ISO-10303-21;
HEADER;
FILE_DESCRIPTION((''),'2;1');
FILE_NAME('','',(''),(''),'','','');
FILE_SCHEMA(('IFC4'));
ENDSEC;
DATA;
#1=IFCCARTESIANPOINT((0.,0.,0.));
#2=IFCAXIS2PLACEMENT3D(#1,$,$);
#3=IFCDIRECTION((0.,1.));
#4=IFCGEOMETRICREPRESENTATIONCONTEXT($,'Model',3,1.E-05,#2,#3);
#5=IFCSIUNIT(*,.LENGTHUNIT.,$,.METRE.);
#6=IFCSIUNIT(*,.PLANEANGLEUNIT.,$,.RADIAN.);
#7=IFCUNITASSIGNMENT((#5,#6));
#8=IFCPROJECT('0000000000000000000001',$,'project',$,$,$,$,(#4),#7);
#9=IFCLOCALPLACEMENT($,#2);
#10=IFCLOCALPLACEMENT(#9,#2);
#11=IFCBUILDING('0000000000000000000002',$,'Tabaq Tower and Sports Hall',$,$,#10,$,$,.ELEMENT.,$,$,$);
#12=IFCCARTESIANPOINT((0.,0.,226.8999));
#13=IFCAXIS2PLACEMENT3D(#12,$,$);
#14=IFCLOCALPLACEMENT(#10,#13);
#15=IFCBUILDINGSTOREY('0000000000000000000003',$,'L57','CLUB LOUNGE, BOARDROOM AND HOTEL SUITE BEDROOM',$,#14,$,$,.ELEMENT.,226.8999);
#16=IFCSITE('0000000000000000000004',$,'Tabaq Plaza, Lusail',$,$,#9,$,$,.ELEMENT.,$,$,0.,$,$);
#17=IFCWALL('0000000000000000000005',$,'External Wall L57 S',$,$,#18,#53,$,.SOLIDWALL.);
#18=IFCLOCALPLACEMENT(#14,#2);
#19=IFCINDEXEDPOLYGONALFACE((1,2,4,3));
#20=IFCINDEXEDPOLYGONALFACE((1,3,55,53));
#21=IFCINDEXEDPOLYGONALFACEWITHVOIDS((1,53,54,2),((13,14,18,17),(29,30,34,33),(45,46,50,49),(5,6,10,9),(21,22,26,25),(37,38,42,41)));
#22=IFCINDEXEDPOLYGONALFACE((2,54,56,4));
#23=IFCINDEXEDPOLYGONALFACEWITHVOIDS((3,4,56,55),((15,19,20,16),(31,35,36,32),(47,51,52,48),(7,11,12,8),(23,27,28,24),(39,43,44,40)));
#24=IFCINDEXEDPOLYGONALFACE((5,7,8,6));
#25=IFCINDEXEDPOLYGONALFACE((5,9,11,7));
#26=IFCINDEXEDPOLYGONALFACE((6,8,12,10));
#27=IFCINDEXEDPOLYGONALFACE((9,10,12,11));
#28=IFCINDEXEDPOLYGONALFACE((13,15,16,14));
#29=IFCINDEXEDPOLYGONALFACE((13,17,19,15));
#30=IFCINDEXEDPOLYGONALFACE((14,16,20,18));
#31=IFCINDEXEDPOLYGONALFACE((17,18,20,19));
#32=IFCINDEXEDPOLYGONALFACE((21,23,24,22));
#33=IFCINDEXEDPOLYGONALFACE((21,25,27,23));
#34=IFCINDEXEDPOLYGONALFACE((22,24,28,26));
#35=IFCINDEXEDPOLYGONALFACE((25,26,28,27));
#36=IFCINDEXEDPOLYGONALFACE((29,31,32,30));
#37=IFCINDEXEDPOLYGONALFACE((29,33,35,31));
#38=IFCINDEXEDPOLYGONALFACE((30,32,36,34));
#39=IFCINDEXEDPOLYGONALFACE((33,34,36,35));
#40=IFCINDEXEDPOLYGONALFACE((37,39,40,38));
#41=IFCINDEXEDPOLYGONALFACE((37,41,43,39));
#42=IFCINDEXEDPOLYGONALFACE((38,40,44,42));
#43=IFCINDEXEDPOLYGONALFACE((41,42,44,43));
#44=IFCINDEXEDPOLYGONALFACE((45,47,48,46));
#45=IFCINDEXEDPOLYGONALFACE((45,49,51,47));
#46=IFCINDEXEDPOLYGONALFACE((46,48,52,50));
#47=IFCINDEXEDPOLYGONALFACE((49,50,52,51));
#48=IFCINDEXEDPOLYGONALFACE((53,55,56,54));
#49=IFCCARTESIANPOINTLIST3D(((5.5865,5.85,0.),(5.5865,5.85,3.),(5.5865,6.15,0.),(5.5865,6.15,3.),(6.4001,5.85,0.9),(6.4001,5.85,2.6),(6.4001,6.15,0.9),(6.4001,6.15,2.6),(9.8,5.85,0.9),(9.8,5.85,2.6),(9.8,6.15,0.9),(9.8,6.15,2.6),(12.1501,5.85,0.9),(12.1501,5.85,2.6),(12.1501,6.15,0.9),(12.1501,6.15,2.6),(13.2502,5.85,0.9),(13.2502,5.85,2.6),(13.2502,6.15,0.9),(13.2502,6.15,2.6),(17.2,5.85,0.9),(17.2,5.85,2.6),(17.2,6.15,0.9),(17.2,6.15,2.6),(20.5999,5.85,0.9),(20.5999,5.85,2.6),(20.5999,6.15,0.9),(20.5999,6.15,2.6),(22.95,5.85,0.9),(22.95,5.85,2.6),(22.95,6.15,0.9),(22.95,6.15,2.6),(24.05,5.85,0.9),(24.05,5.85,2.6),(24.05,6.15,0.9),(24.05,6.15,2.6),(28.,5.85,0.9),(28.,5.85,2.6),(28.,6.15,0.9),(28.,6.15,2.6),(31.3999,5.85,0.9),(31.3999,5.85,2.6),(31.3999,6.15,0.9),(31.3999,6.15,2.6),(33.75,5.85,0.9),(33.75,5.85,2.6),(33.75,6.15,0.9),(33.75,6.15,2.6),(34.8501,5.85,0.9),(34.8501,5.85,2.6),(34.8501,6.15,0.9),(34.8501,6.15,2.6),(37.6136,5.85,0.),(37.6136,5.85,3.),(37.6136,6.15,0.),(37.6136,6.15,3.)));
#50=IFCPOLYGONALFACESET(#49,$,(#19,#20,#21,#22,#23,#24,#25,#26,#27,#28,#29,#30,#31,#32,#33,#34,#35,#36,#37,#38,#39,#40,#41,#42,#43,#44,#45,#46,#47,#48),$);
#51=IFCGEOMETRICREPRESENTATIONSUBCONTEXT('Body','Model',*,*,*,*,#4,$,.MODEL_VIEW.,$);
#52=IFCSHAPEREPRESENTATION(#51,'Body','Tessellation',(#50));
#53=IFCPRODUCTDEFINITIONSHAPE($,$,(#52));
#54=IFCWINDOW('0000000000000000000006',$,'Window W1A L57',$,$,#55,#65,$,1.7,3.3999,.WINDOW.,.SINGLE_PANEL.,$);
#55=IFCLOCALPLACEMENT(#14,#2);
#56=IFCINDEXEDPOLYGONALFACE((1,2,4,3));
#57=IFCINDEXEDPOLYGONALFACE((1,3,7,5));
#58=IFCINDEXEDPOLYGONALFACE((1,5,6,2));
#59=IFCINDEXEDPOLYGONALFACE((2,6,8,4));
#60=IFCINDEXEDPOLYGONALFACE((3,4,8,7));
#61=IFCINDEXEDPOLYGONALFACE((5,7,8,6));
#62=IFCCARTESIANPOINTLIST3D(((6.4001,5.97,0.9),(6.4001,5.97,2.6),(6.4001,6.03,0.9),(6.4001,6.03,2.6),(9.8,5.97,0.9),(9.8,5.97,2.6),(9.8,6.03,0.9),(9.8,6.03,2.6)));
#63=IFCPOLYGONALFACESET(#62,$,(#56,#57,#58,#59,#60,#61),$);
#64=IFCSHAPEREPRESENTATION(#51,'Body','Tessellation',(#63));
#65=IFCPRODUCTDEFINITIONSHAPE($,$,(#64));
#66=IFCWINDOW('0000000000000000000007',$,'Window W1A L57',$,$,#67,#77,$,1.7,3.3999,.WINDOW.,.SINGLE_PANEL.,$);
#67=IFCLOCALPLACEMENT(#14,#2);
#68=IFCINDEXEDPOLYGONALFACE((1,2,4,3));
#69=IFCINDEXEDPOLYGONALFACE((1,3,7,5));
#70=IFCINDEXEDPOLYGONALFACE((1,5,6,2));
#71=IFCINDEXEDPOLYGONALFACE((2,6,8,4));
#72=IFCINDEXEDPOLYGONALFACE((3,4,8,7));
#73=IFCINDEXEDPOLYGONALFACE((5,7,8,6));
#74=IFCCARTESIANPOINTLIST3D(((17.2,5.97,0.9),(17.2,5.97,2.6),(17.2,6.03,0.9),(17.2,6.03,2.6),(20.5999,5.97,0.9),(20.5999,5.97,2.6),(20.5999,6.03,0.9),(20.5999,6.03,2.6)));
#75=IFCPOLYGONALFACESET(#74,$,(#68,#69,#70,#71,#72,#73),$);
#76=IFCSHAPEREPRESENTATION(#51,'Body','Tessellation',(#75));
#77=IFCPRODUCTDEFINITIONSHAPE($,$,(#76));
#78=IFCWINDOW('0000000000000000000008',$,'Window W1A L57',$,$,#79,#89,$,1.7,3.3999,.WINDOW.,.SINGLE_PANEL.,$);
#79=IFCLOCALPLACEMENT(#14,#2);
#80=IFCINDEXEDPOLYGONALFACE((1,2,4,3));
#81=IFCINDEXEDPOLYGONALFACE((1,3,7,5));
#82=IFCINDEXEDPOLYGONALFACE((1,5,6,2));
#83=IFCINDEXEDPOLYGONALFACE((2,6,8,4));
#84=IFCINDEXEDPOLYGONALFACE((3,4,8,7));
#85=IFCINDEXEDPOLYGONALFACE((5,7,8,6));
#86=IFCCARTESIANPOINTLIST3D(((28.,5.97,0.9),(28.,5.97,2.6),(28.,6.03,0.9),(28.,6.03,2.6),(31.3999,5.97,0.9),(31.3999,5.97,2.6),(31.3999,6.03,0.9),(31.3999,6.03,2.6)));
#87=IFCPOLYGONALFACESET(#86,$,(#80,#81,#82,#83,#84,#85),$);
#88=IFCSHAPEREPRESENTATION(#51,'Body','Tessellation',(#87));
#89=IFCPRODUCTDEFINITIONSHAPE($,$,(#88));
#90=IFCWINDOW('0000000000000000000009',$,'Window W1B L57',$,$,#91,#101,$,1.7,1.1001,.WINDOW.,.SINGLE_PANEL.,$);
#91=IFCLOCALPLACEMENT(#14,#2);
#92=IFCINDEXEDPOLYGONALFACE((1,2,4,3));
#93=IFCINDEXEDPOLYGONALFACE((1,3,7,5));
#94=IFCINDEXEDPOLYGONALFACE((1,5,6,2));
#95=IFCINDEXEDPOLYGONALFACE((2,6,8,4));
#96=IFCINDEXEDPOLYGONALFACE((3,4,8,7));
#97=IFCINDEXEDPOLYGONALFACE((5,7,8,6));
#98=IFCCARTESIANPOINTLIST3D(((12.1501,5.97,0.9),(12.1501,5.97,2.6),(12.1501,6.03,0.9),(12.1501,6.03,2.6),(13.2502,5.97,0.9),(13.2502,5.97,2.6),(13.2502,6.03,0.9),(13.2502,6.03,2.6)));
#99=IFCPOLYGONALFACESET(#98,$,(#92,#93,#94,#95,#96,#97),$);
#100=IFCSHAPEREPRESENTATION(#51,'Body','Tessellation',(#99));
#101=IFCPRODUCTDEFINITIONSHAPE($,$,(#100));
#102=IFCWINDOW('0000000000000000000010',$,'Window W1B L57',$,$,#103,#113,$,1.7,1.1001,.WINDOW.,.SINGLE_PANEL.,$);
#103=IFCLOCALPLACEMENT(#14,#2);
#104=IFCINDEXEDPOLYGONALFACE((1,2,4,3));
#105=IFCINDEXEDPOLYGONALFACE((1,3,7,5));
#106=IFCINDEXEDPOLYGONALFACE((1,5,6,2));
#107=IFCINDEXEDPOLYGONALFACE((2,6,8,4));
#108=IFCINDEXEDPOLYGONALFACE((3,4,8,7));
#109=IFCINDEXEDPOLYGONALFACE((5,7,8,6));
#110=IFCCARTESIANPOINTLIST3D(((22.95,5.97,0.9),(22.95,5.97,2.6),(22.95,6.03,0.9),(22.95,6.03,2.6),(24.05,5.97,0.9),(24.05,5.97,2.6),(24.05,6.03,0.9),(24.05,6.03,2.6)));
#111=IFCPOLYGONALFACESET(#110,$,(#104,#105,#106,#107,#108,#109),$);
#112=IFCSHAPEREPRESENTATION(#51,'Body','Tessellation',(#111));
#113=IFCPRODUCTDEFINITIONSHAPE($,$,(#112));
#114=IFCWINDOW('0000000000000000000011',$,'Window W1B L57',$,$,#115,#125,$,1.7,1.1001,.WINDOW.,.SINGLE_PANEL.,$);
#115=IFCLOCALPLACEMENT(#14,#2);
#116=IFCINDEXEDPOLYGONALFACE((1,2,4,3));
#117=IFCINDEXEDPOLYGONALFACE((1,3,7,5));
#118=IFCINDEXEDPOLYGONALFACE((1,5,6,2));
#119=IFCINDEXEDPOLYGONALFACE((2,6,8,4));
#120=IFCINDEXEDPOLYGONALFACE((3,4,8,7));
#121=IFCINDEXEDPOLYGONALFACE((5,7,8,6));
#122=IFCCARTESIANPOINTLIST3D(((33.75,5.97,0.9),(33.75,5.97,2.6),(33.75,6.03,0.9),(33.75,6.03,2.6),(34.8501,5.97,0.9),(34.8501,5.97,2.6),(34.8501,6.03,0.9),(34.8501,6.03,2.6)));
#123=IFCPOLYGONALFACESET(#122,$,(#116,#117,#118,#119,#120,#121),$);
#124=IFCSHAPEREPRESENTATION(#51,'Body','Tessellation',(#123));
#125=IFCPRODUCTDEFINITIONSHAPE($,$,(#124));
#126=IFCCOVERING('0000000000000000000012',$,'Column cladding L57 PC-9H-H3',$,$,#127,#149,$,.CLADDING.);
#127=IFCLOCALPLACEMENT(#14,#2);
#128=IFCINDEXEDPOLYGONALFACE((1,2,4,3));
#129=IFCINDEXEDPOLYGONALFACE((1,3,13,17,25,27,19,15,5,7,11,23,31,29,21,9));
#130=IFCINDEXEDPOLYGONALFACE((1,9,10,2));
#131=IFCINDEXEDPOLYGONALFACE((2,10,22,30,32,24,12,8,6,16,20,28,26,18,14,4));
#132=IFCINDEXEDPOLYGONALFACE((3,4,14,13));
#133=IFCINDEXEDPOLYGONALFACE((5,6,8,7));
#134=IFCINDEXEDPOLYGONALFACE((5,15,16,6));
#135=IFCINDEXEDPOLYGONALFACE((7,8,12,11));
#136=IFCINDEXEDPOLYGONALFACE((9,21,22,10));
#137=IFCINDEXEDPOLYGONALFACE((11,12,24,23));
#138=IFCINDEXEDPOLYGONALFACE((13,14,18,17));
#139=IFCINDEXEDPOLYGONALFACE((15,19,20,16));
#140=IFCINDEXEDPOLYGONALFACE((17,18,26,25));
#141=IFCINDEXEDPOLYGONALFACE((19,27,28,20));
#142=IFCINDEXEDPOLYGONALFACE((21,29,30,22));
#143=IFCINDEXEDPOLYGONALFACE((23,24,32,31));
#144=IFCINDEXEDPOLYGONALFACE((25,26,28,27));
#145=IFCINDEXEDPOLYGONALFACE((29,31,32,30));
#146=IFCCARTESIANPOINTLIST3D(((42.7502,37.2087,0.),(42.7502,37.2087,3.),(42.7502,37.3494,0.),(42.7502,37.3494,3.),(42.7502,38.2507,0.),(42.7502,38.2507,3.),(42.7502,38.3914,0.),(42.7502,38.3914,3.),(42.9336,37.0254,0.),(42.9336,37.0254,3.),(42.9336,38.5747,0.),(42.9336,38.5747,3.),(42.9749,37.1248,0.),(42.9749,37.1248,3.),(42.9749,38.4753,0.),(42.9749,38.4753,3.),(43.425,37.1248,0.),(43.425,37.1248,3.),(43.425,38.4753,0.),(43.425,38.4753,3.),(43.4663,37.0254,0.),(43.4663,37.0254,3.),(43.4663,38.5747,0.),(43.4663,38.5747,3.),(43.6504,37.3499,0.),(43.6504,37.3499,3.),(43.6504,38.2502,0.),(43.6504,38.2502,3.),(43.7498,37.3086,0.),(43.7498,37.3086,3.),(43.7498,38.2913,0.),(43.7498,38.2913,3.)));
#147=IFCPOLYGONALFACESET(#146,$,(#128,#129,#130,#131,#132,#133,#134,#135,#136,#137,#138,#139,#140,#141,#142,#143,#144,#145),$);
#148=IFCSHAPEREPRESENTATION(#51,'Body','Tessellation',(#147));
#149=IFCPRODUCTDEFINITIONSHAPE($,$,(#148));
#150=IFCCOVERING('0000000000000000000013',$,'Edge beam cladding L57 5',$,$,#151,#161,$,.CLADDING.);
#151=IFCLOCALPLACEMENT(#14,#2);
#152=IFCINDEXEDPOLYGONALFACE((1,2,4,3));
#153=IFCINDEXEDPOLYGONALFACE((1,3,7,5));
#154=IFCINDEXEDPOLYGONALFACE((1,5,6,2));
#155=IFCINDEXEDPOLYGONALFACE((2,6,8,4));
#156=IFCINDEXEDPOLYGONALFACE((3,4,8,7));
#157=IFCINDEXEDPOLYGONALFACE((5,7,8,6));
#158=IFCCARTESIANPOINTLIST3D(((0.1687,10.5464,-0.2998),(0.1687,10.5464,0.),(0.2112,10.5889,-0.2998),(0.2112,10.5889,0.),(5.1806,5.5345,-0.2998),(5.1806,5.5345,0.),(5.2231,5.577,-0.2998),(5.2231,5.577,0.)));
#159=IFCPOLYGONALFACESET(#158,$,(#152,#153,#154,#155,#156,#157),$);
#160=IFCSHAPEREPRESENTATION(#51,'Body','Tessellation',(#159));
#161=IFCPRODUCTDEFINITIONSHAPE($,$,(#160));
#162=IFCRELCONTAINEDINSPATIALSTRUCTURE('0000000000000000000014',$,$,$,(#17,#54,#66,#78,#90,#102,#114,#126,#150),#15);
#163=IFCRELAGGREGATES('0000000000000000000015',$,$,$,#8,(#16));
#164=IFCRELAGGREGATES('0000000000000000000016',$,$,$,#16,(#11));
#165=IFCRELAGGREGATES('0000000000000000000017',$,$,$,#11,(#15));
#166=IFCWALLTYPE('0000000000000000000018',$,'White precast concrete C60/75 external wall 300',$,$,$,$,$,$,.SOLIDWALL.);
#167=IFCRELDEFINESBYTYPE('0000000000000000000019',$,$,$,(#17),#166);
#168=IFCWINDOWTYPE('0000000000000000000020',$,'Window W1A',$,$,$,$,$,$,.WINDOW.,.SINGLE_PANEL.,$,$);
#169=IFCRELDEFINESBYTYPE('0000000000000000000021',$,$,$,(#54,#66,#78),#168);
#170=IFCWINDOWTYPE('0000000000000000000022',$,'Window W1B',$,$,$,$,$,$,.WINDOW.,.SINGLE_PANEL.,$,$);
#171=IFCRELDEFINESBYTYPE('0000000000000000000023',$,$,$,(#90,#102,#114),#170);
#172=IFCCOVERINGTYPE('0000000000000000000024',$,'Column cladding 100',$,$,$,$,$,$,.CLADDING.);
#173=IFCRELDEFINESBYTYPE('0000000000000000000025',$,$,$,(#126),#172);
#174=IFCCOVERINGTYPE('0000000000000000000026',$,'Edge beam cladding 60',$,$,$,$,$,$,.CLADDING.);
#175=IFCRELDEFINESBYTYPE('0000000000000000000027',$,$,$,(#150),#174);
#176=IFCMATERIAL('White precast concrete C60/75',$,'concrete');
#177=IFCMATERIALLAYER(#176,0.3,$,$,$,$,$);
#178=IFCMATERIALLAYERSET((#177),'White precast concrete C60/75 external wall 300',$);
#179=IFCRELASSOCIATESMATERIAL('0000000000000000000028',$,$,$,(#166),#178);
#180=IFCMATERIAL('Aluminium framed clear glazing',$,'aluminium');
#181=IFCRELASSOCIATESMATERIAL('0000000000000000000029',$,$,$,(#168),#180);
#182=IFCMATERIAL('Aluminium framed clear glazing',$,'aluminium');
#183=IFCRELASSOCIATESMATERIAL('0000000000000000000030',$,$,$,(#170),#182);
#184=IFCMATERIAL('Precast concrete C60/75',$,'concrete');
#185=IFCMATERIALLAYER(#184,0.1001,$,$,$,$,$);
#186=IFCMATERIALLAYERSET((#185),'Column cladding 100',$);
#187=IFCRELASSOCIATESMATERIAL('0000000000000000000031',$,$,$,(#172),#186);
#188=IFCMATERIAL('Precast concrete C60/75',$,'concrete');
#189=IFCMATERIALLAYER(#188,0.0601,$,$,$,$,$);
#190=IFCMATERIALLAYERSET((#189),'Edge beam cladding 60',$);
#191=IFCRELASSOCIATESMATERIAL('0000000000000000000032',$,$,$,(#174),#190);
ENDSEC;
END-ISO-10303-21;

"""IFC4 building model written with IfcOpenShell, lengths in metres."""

from ifc_helpers import new_model, si_unit, direction, frame, frame_2d, origin, place, context, subcontext, project, spatial, polyline, rectangle, outline, extrude, material, layer, layer_set, type_object, element, fill, save


model = new_model("IFC4")

# Units and contexts
model_context = context("Model", 3, precision=1e-05, world=origin(), true_north=direction((0.0, 1.0)))
body_context = subcontext(model_context, "Body", "Model", "MODEL_VIEW")
ifc_project = project(units=[si_unit("LENGTHUNIT", "METRE"), si_unit("PLANEANGLEUNIT", "RADIAN")], contexts=[model_context])

# Site, building, storey
site_placement = place(None, origin())
site = spatial("IfcSite", under=ifc_project, at=site_placement, Name="Tabaq Plaza, Lusail", CompositionType="ELEMENT", RefElevation=0.0)
building_placement = place(site_placement, origin())
building = spatial("IfcBuilding", under=site, at=building_placement, Name="Tabaq Tower and Sports Hall", CompositionType="ELEMENT")
storey_placement = place(building_placement, frame((0.0, 0.0, 226.8999)))
storey = spatial("IfcBuildingStorey", under=building, at=storey_placement, Name="L57", Description="CLUB LOUNGE, BOARDROOM AND HOTEL SUITE BEDROOM", CompositionType="ELEMENT", Elevation=226.8999)

# Wall, openings, windows
ifc_material_1 = material(Name="White precast concrete C60/75", Category="concrete")
ifc_layer_1 = layer(ifc_material_1, 0.3)
ifc_layer_set_1 = layer_set([ifc_layer_1], Name="White precast concrete C60/75 external wall 300")
wall_type_1 = type_object("IfcWallType", Name="White precast concrete C60/75 external wall 300", PredefinedType="SOLIDWALL", material=ifc_layer_set_1)
wall_1_placement = place(storey_placement, frame((5.5864, 6.0, 0.0), z_axis=(0.0, 0.0, 1.0), x_axis=(1.0, 0.0, 0.0)))
wall_1 = element("IfcWall", 1, at=wall_1_placement, inside=storey, type_object=wall_type_1, Name="External Wall L57 S", PredefinedType="SOLIDWALL", context=body_context, shape_type="SweptSolid", body=[
    extrude(rectangle(XDim=32.0271, YDim=0.3, at=frame_2d((16.0137, 0.0))), origin(), (0.0, 0.0, 1.0), 3.0),
])
opening_1_placement = place(wall_1_placement, frame((0.8137, 0.0, 0.8999)))
opening_1 = element("IfcOpeningElement", 2, at=opening_1_placement, cuts=wall_1, PredefinedType="OPENING", context=body_context, shape_type="SweptSolid", body=[
    extrude(rectangle(XDim=3.3999, YDim=1.7, at=frame_2d((1.7, 0.8501))), frame((0.0, 0.1602, 0.0), z_axis=(0.0, -1.0, 0.0), x_axis=(1.0, 0.0, 0.0)), (0.0, 0.0, 1.0), 0.3201),
])
opening_2_placement = place(wall_1_placement, frame((6.5637, 0.0, 0.8999)))
opening_2 = element("IfcOpeningElement", 3, at=opening_2_placement, cuts=wall_1, PredefinedType="OPENING", context=body_context, shape_type="SweptSolid", body=[
    extrude(rectangle(XDim=1.1001, YDim=1.7, at=frame_2d((0.55, 0.8501))), frame((0.0, 0.1602, 0.0), z_axis=(0.0, -1.0, 0.0), x_axis=(1.0, 0.0, 0.0)), (0.0, 0.0, 1.0), 0.3201),
])
opening_3_placement = place(wall_1_placement, frame((11.6135, 0.0, 0.8999)))
opening_3 = element("IfcOpeningElement", 4, at=opening_3_placement, cuts=wall_1, PredefinedType="OPENING", context=body_context, shape_type="SweptSolid", body=[
    extrude(rectangle(XDim=3.3999, YDim=1.7, at=frame_2d((1.7, 0.8501))), frame((0.0, 0.1602, 0.0), z_axis=(0.0, -1.0, 0.0), x_axis=(1.0, 0.0, 0.0)), (0.0, 0.0, 1.0), 0.3201),
])
opening_4_placement = place(wall_1_placement, frame((17.3635, 0.0, 0.8999)))
opening_4 = element("IfcOpeningElement", 5, at=opening_4_placement, cuts=wall_1, PredefinedType="OPENING", context=body_context, shape_type="SweptSolid", body=[
    extrude(rectangle(XDim=1.1001, YDim=1.7, at=frame_2d((0.55, 0.8501))), frame((0.0, 0.1602, 0.0), z_axis=(0.0, -1.0, 0.0), x_axis=(1.0, 0.0, 0.0)), (0.0, 0.0, 1.0), 0.3201),
])
opening_5_placement = place(wall_1_placement, frame((22.4136, 0.0, 0.8999)))
opening_5 = element("IfcOpeningElement", 6, at=opening_5_placement, cuts=wall_1, PredefinedType="OPENING", context=body_context, shape_type="SweptSolid", body=[
    extrude(rectangle(XDim=3.3999, YDim=1.7, at=frame_2d((1.7, 0.8501))), frame((0.0, 0.1602, 0.0), z_axis=(0.0, -1.0, 0.0), x_axis=(1.0, 0.0, 0.0)), (0.0, 0.0, 1.0), 0.3201),
])
opening_6_placement = place(wall_1_placement, frame((28.1636, 0.0, 0.8999)))
opening_6 = element("IfcOpeningElement", 7, at=opening_6_placement, cuts=wall_1, PredefinedType="OPENING", context=body_context, shape_type="SweptSolid", body=[
    extrude(rectangle(XDim=1.1001, YDim=1.7, at=frame_2d((0.55, 0.8501))), frame((0.0, 0.1602, 0.0), z_axis=(0.0, -1.0, 0.0), x_axis=(1.0, 0.0, 0.0)), (0.0, 0.0, 1.0), 0.3201),
])
ifc_material_2 = material(Name="Aluminium framed clear glazing", Category="aluminium")
window_type_1 = type_object("IfcWindowType", Name="Window W1A", PartitioningType="SINGLE_PANEL", PredefinedType="WINDOW", material=ifc_material_2)
window_1_placement = place(opening_1_placement, origin())
window_1 = element("IfcWindow", 8, at=window_1_placement, inside=storey, type_object=window_type_1, Name="Window W1A L57", OverallHeight=1.7, OverallWidth=3.3999, PartitioningType="SINGLE_PANEL", PredefinedType="WINDOW", context=body_context, shape_type="SweptSolid", body=[
    extrude(rectangle(XDim=3.3999, YDim=1.7, at=frame_2d((1.7, 0.8501))), frame((0.0, 0.03, 0.0), z_axis=(0.0, -1.0, 0.0), x_axis=(1.0, 0.0, 0.0)), (0.0, 0.0, 1.0), 0.0601),
])
fill(opening_1, window_1)
window_2_placement = place(opening_3_placement, origin())
window_2 = element("IfcWindow", 9, at=window_2_placement, inside=storey, type_object=window_type_1, Name="Window W1A L57", OverallHeight=1.7, OverallWidth=3.3999, PartitioningType="SINGLE_PANEL", PredefinedType="WINDOW", context=body_context, shape_type="SweptSolid", body=[
    extrude(rectangle(XDim=3.3999, YDim=1.7, at=frame_2d((1.7, 0.8501))), frame((0.0, 0.03, 0.0), z_axis=(0.0, -1.0, 0.0), x_axis=(1.0, 0.0, 0.0)), (0.0, 0.0, 1.0), 0.0601),
])
fill(opening_3, window_2)
window_3_placement = place(opening_5_placement, origin())
window_3 = element("IfcWindow", 10, at=window_3_placement, inside=storey, type_object=window_type_1, Name="Window W1A L57", OverallHeight=1.7, OverallWidth=3.3999, PartitioningType="SINGLE_PANEL", PredefinedType="WINDOW", context=body_context, shape_type="SweptSolid", body=[
    extrude(rectangle(XDim=3.3999, YDim=1.7, at=frame_2d((1.7, 0.8501))), frame((0.0, 0.03, 0.0), z_axis=(0.0, -1.0, 0.0), x_axis=(1.0, 0.0, 0.0)), (0.0, 0.0, 1.0), 0.0601),
])
fill(opening_5, window_3)
ifc_material_3 = material(Name="Aluminium framed clear glazing", Category="aluminium")
window_type_2 = type_object("IfcWindowType", Name="Window W1B", PartitioningType="SINGLE_PANEL", PredefinedType="WINDOW", material=ifc_material_3)
window_4_placement = place(opening_2_placement, origin())
window_4 = element("IfcWindow", 11, at=window_4_placement, inside=storey, type_object=window_type_2, Name="Window W1B L57", OverallHeight=1.7, OverallWidth=1.1001, PartitioningType="SINGLE_PANEL", PredefinedType="WINDOW", context=body_context, shape_type="SweptSolid", body=[
    extrude(rectangle(XDim=1.1001, YDim=1.7, at=frame_2d((0.55, 0.8501))), frame((0.0, 0.03, 0.0), z_axis=(0.0, -1.0, 0.0), x_axis=(1.0, 0.0, 0.0)), (0.0, 0.0, 1.0), 0.0601),
])
fill(opening_2, window_4)
window_5_placement = place(opening_4_placement, origin())
window_5 = element("IfcWindow", 12, at=window_5_placement, inside=storey, type_object=window_type_2, Name="Window W1B L57", OverallHeight=1.7, OverallWidth=1.1001, PartitioningType="SINGLE_PANEL", PredefinedType="WINDOW", context=body_context, shape_type="SweptSolid", body=[
    extrude(rectangle(XDim=1.1001, YDim=1.7, at=frame_2d((0.55, 0.8501))), frame((0.0, 0.03, 0.0), z_axis=(0.0, -1.0, 0.0), x_axis=(1.0, 0.0, 0.0)), (0.0, 0.0, 1.0), 0.0601),
])
fill(opening_4, window_5)
window_6_placement = place(opening_6_placement, origin())
window_6 = element("IfcWindow", 13, at=window_6_placement, inside=storey, type_object=window_type_2, Name="Window W1B L57", OverallHeight=1.7, OverallWidth=1.1001, PartitioningType="SINGLE_PANEL", PredefinedType="WINDOW", context=body_context, shape_type="SweptSolid", body=[
    extrude(rectangle(XDim=1.1001, YDim=1.7, at=frame_2d((0.55, 0.8501))), frame((0.0, 0.03, 0.0), z_axis=(0.0, -1.0, 0.0), x_axis=(1.0, 0.0, 0.0)), (0.0, 0.0, 1.0), 0.0601),
])
fill(opening_6, window_6)

# Coverings
ifc_material_4 = material(Name="Precast concrete C60/75", Category="concrete")
ifc_layer_2 = layer(ifc_material_4, 0.1001)
ifc_layer_set_2 = layer_set([ifc_layer_2], Name="Column cladding 100")
covering_type_1 = type_object("IfcCoveringType", Name="Column cladding 100", PredefinedType="CLADDING", material=ifc_layer_set_2)
covering_1_placement = place(storey_placement, origin())
element("IfcCovering", 14, at=covering_1_placement, inside=storey, type_object=covering_type_1, Name="Column cladding L57 PC-9H-H3", PredefinedType="CLADDING", context=body_context, shape_type="SweptSolid", body=[
    extrude(outline(polyline([(42.9336, 37.0254), (42.7502, 37.2087), (42.7502, 37.3494), (42.9749, 37.1248), (43.425, 37.1248), (43.6504, 37.3499), (43.6504, 38.2502), (43.425, 38.4753), (42.9749, 38.4753), (42.7502, 38.2507), (42.7502, 38.3914), (42.9336, 38.5747), (43.4663, 38.5747), (43.7498, 38.2913), (43.7498, 37.3086), (43.4663, 37.0254), (42.9336, 37.0254)])), origin(), (0.0, 0.0, 1.0), 3.0),
])
ifc_material_5 = material(Name="Precast concrete C60/75", Category="concrete")
ifc_layer_3 = layer(ifc_material_5, 0.0601)
ifc_layer_set_3 = layer_set([ifc_layer_3], Name="Edge beam cladding 60")
covering_type_2 = type_object("IfcCoveringType", Name="Edge beam cladding 60", PredefinedType="CLADDING", material=ifc_layer_set_3)
covering_2_placement = place(storey_placement, frame((0.1899, 10.5676, -0.2998), z_axis=(0.0, 0.0, 1.0), x_axis=(0.707107, -0.707107, 0.0)))
element("IfcCovering", 15, at=covering_2_placement, inside=storey, type_object=covering_type_2, Name="Edge beam cladding L57 5", PredefinedType="CLADDING", context=body_context, shape_type="SweptSolid", body=[
    extrude(rectangle(XDim=7.0879, YDim=0.0601, at=frame_2d((3.5439, 0.0))), origin(), (0.0, 0.0, 1.0), 0.2998),
])

save(model, "model.ifc")
